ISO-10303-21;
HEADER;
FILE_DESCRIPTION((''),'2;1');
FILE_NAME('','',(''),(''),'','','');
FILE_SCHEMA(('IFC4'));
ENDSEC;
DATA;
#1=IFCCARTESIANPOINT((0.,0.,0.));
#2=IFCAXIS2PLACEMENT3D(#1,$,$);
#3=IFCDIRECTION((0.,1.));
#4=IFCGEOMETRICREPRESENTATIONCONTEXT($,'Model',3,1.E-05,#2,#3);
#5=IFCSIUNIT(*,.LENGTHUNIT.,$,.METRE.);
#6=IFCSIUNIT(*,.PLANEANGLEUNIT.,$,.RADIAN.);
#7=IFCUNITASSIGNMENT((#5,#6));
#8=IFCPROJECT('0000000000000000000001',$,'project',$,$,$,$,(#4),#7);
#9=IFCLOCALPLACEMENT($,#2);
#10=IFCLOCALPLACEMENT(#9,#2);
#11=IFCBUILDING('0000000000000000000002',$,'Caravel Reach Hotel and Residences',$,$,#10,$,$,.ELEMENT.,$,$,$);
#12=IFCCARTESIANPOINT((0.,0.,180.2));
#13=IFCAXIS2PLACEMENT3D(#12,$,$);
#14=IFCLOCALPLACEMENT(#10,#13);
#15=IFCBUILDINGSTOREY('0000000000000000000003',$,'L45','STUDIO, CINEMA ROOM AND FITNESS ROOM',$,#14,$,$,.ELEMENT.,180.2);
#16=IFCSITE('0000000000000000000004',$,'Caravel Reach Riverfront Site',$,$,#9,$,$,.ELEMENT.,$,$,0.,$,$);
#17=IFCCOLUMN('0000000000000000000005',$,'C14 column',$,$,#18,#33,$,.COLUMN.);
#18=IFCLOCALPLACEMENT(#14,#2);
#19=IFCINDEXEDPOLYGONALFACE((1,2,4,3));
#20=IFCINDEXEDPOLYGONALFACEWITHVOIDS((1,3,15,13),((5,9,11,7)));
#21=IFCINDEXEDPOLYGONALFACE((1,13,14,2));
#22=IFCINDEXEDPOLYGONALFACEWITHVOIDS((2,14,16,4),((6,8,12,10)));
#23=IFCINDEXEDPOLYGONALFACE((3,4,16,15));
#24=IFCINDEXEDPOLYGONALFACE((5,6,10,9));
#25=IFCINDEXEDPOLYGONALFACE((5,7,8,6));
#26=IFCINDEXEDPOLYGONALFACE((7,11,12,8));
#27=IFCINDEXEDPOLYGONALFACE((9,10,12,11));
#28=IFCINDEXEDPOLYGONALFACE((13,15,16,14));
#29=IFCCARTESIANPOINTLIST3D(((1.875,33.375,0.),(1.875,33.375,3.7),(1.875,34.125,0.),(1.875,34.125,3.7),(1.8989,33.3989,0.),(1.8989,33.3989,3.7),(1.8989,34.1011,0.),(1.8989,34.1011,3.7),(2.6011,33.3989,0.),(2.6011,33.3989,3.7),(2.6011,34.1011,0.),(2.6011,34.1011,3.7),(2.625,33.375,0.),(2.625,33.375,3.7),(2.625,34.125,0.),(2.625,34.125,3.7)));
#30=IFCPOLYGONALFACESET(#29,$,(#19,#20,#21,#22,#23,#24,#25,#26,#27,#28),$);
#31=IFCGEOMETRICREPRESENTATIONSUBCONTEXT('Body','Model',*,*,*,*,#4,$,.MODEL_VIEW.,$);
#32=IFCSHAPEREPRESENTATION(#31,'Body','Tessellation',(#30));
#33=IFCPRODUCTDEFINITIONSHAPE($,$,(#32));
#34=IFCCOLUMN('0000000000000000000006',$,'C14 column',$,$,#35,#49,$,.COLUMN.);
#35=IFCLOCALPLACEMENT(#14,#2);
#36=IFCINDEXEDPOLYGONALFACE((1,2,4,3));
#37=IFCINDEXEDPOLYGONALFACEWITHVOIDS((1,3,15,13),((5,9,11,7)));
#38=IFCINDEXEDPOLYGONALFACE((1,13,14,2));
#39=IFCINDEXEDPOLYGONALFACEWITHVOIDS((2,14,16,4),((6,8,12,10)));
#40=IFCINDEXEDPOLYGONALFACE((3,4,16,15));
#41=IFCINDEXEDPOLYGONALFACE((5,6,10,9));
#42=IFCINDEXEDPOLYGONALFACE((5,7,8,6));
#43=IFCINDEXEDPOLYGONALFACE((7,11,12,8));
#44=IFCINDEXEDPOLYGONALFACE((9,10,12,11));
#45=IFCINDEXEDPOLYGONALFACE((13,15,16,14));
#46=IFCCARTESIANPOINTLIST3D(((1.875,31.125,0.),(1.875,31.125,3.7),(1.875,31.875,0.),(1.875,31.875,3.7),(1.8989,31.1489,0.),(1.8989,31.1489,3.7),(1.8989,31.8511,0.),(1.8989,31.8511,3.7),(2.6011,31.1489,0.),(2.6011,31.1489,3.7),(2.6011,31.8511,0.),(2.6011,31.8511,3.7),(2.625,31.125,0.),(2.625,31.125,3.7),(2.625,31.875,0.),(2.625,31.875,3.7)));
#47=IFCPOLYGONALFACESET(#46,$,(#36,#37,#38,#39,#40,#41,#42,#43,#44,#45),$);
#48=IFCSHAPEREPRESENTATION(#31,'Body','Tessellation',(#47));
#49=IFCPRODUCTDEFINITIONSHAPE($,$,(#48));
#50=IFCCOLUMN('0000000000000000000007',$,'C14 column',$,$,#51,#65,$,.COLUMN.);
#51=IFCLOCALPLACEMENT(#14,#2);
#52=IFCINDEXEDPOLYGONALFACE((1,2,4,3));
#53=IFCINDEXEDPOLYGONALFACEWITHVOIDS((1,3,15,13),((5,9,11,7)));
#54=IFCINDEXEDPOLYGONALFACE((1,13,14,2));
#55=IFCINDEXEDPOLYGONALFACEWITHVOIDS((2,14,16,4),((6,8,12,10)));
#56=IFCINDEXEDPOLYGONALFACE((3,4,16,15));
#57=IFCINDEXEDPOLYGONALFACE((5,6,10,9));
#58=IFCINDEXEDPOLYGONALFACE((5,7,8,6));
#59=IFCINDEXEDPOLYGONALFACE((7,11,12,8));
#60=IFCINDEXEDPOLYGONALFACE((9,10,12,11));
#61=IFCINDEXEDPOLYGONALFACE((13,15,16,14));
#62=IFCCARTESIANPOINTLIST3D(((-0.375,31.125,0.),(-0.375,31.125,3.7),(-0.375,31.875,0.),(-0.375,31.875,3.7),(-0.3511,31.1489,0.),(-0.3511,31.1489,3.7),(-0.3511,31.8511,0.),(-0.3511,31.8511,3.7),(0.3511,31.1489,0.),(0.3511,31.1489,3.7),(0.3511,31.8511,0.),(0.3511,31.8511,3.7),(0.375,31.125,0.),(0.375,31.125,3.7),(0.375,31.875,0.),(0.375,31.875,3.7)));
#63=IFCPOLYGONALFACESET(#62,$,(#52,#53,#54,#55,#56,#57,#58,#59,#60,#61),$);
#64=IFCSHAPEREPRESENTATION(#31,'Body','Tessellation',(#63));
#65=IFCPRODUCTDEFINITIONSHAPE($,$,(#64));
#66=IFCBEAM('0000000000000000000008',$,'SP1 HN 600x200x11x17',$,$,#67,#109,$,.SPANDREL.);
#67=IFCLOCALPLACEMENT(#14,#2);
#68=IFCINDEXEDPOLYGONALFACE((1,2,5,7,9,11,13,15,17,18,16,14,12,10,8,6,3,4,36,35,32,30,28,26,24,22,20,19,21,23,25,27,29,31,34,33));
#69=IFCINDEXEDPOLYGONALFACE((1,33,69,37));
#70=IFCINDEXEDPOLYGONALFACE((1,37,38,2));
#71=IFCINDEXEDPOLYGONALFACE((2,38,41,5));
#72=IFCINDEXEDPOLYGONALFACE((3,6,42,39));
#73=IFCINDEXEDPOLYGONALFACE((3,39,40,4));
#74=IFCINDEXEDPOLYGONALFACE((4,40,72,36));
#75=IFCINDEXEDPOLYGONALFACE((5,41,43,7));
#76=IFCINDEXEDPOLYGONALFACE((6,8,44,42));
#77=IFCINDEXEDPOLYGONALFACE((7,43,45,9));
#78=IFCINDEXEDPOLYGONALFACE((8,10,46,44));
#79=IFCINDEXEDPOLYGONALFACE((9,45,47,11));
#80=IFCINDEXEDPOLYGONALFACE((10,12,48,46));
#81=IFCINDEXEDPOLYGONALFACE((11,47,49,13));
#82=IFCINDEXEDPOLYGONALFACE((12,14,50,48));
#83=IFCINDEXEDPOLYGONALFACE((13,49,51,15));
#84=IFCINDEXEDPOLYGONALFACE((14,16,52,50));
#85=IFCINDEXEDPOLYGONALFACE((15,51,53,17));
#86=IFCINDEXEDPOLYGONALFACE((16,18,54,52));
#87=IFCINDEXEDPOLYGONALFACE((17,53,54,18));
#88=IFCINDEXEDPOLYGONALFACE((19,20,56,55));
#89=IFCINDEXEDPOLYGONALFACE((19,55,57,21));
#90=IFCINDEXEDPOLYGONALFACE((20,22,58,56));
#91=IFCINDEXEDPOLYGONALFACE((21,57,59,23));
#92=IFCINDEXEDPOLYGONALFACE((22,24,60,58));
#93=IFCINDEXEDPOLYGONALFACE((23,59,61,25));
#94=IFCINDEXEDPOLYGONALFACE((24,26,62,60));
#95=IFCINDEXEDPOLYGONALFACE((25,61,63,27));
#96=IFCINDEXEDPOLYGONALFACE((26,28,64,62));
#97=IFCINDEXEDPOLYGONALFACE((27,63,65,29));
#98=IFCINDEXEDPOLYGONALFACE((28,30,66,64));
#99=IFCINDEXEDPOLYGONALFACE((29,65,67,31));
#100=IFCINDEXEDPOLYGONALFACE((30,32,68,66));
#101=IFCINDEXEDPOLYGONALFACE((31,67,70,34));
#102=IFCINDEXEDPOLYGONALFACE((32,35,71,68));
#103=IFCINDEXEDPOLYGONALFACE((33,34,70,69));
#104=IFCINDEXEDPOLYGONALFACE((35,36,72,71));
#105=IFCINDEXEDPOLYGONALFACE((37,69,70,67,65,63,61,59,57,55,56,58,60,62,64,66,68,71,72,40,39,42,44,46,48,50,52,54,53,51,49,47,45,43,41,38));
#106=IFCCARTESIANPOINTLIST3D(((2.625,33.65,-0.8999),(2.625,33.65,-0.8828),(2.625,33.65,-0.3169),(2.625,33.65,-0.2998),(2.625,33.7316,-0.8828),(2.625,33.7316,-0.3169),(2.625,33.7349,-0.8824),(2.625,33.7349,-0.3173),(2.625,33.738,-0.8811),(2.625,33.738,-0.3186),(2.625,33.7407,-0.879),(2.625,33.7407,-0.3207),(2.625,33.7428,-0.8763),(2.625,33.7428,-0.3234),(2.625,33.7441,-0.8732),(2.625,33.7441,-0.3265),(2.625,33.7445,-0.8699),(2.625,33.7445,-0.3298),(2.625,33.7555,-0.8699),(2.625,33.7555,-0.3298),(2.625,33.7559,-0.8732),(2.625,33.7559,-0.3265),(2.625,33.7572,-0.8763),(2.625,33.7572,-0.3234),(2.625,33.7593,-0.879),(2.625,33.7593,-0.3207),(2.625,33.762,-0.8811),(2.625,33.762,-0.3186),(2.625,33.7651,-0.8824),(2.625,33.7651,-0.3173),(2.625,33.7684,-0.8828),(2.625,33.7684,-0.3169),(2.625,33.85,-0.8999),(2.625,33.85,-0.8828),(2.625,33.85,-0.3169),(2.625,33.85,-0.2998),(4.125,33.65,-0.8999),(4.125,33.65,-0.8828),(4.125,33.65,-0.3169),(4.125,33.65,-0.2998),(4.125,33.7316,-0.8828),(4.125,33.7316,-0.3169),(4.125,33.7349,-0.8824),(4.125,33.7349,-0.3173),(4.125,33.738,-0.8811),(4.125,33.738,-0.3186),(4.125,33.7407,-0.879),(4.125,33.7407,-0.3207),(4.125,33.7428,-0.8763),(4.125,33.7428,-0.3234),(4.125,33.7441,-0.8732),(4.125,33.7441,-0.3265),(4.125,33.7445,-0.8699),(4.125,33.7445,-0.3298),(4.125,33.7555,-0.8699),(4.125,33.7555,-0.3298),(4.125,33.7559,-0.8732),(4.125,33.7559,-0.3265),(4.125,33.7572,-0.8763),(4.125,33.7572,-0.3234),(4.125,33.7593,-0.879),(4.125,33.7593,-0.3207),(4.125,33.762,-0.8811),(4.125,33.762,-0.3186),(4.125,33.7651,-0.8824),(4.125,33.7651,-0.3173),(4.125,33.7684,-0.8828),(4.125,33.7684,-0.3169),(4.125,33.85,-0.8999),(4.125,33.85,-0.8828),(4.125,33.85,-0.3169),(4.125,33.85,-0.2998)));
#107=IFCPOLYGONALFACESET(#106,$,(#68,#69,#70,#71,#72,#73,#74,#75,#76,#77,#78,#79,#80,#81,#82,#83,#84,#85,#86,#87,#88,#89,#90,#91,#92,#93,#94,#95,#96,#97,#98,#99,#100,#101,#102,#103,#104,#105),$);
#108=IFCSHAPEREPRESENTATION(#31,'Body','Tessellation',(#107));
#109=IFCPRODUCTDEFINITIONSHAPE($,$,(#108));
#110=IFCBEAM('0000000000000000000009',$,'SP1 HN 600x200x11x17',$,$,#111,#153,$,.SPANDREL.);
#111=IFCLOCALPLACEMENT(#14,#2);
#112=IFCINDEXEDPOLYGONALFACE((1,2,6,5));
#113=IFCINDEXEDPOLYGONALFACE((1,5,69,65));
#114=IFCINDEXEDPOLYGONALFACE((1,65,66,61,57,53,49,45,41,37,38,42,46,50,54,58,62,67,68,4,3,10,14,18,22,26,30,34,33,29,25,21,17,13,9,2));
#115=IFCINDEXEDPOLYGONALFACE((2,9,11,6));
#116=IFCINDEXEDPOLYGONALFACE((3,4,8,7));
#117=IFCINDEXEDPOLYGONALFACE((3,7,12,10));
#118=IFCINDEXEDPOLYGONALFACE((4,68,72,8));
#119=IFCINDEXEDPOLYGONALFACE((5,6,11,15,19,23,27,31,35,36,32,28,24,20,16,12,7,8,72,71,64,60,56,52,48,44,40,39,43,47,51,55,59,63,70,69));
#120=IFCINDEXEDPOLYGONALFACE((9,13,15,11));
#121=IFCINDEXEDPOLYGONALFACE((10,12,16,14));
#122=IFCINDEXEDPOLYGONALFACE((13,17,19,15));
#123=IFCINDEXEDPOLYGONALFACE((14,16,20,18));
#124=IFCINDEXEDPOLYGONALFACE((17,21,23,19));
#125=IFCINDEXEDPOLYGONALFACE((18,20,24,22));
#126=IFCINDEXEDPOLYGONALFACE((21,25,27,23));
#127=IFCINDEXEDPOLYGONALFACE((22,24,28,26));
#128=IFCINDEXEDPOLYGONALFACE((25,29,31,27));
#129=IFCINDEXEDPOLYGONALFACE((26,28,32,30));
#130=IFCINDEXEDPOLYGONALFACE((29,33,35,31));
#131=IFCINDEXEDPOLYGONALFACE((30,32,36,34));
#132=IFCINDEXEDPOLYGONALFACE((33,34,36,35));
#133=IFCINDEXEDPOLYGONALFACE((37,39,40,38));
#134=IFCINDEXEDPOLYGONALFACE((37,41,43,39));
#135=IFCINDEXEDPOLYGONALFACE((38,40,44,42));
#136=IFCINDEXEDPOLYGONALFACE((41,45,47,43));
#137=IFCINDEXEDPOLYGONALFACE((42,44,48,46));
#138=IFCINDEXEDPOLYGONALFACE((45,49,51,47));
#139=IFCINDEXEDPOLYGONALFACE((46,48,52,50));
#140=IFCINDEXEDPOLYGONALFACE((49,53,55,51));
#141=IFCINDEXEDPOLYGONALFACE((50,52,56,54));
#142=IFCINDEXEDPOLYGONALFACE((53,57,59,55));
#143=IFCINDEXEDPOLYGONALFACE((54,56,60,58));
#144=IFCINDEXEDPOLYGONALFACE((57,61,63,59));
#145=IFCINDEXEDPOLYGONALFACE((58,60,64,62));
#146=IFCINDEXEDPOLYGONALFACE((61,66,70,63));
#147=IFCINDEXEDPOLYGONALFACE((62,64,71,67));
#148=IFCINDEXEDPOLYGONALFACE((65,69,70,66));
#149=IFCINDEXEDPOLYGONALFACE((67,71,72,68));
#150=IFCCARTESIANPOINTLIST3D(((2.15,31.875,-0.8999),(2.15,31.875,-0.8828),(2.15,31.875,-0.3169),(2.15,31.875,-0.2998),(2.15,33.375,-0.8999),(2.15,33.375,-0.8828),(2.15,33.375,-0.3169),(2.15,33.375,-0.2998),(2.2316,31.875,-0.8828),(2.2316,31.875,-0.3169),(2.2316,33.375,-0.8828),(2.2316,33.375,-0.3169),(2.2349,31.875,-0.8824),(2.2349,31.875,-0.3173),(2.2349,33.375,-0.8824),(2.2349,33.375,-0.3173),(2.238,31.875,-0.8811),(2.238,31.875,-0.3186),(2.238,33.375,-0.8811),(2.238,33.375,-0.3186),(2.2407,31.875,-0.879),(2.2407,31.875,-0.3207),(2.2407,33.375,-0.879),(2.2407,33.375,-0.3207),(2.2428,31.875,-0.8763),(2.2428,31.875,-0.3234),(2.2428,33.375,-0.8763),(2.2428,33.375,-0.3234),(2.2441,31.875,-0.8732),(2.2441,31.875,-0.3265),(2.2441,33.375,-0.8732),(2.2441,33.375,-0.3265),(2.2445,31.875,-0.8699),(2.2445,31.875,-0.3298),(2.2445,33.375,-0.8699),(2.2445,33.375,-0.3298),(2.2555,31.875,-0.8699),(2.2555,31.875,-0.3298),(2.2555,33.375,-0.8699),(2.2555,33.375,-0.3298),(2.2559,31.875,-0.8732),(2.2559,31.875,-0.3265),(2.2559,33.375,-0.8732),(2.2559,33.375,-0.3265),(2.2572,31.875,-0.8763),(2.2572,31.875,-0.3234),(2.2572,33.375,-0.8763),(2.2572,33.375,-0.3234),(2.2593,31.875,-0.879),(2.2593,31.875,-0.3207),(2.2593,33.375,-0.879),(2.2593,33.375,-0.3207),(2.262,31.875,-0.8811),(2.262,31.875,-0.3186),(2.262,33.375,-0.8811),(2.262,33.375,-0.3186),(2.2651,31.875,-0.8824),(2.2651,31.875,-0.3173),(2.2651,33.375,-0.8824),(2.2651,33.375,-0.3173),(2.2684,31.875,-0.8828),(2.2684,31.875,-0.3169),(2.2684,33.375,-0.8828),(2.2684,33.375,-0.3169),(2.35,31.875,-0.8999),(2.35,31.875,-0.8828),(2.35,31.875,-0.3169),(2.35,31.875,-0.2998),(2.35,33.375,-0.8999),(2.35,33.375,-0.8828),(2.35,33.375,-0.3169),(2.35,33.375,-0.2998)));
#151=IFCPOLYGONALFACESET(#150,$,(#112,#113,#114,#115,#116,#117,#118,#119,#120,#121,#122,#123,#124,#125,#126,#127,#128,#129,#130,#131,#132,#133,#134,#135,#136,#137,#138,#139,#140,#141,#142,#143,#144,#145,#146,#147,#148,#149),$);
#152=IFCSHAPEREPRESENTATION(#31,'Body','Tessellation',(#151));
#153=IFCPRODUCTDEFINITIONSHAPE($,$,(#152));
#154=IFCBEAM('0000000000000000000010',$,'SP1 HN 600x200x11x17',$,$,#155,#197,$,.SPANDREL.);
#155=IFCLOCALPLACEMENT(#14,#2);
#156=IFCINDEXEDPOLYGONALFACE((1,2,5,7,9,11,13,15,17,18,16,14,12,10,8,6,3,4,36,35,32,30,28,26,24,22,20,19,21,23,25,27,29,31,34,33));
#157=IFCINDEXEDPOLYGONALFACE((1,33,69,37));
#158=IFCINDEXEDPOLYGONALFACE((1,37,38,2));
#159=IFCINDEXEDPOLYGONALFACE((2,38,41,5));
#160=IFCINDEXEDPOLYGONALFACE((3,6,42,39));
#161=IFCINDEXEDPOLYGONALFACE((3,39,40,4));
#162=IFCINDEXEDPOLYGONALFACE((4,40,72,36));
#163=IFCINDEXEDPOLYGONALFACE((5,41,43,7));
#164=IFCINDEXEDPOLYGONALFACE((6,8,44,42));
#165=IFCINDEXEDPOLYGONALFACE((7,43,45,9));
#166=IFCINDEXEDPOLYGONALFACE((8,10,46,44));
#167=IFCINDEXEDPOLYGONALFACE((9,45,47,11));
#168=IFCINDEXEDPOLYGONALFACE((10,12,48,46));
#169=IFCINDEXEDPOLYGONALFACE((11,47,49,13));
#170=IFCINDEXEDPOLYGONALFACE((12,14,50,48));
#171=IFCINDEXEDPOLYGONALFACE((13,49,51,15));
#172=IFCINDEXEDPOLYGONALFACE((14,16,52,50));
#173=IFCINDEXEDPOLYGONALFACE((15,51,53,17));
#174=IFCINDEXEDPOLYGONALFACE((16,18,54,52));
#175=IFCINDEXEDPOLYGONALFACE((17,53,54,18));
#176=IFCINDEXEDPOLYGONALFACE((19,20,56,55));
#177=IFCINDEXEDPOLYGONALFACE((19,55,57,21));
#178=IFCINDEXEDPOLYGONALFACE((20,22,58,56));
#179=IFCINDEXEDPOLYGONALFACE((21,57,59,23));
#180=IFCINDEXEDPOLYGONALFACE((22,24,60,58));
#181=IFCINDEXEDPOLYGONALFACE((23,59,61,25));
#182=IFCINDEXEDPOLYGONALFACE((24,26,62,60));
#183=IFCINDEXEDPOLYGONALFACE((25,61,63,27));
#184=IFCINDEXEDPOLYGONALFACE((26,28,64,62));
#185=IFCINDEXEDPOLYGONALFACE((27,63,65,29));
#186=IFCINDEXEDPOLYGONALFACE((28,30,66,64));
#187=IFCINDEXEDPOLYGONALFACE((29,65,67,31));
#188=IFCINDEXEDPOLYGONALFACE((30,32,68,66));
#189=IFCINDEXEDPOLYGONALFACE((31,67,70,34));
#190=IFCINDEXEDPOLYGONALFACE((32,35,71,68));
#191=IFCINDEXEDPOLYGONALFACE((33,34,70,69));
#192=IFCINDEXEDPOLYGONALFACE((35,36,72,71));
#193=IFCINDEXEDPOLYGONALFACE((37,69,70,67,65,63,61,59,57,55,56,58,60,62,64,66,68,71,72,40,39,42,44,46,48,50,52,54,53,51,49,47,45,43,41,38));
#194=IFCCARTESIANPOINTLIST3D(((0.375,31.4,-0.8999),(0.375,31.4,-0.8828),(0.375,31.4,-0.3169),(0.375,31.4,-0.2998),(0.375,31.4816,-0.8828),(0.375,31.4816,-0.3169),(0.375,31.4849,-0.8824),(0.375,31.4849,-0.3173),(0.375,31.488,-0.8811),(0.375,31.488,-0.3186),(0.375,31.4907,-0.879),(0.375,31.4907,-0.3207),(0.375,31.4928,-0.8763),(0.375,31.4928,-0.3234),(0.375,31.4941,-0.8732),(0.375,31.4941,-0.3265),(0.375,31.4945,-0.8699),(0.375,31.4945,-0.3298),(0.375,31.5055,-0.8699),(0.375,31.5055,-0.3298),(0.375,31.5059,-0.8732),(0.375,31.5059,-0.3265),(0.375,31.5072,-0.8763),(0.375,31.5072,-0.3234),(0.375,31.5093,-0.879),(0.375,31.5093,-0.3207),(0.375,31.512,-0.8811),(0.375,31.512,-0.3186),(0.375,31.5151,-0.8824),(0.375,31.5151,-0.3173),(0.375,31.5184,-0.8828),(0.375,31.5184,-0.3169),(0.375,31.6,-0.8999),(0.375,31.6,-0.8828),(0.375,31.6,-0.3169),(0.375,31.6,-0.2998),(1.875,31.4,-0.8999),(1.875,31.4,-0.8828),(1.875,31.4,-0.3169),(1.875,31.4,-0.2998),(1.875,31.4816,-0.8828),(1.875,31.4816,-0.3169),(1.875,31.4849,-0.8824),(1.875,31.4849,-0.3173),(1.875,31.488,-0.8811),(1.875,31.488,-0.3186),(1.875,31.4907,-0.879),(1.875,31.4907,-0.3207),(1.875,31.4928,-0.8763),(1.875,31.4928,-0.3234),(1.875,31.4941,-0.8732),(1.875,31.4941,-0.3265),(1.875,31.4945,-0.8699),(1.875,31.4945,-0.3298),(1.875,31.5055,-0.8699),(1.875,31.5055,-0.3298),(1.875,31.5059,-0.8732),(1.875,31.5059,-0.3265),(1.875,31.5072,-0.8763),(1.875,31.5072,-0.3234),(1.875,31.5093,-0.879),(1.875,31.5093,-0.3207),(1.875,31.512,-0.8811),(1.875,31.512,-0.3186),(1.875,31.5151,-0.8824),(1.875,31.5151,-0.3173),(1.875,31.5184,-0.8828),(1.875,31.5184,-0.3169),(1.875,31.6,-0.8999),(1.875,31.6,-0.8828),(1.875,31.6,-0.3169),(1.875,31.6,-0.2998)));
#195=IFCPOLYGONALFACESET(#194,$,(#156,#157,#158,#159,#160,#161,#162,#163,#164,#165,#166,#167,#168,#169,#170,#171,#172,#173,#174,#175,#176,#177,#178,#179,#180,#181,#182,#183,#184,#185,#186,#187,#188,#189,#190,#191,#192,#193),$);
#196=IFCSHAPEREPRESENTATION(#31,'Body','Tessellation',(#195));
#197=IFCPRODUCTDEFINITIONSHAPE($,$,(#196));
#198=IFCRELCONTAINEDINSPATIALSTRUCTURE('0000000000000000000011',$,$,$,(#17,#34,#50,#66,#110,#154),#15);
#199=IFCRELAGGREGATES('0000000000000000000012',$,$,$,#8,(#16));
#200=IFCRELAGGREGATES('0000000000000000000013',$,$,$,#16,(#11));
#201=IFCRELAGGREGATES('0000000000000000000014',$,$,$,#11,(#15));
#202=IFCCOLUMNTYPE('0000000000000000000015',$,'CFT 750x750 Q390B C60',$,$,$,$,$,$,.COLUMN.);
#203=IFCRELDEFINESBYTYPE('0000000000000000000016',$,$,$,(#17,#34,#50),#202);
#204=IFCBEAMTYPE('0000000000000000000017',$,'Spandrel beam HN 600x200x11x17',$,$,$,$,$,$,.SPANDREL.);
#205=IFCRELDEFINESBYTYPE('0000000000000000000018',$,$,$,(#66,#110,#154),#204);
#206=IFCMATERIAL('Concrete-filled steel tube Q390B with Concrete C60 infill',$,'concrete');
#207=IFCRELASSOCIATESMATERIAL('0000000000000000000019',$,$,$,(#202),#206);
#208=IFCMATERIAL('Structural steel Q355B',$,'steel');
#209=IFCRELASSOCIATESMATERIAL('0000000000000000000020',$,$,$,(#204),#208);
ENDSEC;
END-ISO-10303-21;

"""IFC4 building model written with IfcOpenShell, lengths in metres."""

from ifc_helpers import new_model, si_unit, direction, frame, origin, origin_2d, place, context, subcontext, project, spatial, hollow_rectangle, i_section, extrude, material, material_profile, profile_set, type_object, element, save


model = new_model("IFC4")

# Units and contexts
model_context = context("Model", 3, precision=1e-05, world=origin(), true_north=direction((0.0, 1.0)))
body_context = subcontext(model_context, "Body", "Model", "MODEL_VIEW")
ifc_project = project(units=[si_unit("LENGTHUNIT", "METRE"), si_unit("PLANEANGLEUNIT", "RADIAN")], contexts=[model_context])

# Site, building, storey
site_placement = place(None, origin())
site = spatial("IfcSite", under=ifc_project, at=site_placement, Name="Caravel Reach Riverfront Site", CompositionType="ELEMENT", RefElevation=0.0)
building_placement = place(site_placement, origin())
building = spatial("IfcBuilding", under=site, at=building_placement, Name="Caravel Reach Hotel and Residences", CompositionType="ELEMENT")
storey_placement = place(building_placement, frame((0.0, 0.0, 180.2)))
storey = spatial("IfcBuildingStorey", under=building, at=storey_placement, Name="L45", Description="STUDIO, CINEMA ROOM AND FITNESS ROOM", CompositionType="ELEMENT", Elevation=180.2)

# Columns
ifc_material_1 = material(Name="Concrete-filled steel tube Q390B with Concrete C60 infill", Category="concrete")
ifc_material_profile_1 = material_profile(ifc_material_1, hollow_rectangle(XDim=0.75, YDim=0.75, WallThickness=0.0239, at=origin_2d()), Name="RHS 750x750x24")
ifc_profile_set_1 = profile_set([ifc_material_profile_1], Name="Concrete-filled steel tube Q390B with Concrete C60 infill")
column_type = type_object("IfcColumnType", Name="CFT 750x750 Q390B C60", PredefinedType="COLUMN", material=ifc_profile_set_1)
for number, where, z_axis, x_axis, name in (
    (1, (2.25, 33.75, 0.0), (0.0, 0.0, 1.0), (1.0, 0.0, 0.0), "C14 column"),
    (2, (2.25, 31.5, 0.0), (0.0, 0.0, 1.0), (1.0, 0.0, 0.0), "C14 column"),
    (3, (0.0, 31.5, 0.0), (0.0, 0.0, 1.0), (1.0, 0.0, 0.0), "C14 column"),
):
    element("IfcColumn", number, at=place(storey_placement, frame(where, z_axis=z_axis, x_axis=x_axis)), inside=storey, type_object=column_type, Name=name, PredefinedType="COLUMN", context=body_context, shape_type="SweptSolid", body=[
        extrude(hollow_rectangle(XDim=0.75, YDim=0.75, WallThickness=0.0239, at=origin_2d()), origin(), (0.0, 0.0, 1.0), 3.7),
    ])

# Beams
ifc_material_2 = material(Name="Structural steel Q355B", Category="steel")
ifc_material_profile_2 = material_profile(ifc_material_2, i_section(OverallWidth=0.2, OverallDepth=0.6001, WebThickness=0.011, FlangeThickness=0.0171, FilletRadius=0.0129, at=origin_2d()), Name="HN 600x200x11x17")
ifc_profile_set_2 = profile_set([ifc_material_profile_2], Name="Structural steel Q355B")
beam_type = type_object("IfcBeamType", Name="Spandrel beam HN 600x200x11x17", PredefinedType="SPANDREL", material=ifc_profile_set_2)
for number, where, z_axis, x_axis, name in (
    (4, (4.125, 33.75, -0.5999), (-1.0, 0.0, 0.0), (0.0, -1.0, 0.0), "SP1 HN 600x200x11x17"),
    (5, (2.25, 33.375, -0.5999), (0.0, -1.0, 0.0), (1.0, 0.0, 0.0), "SP1 HN 600x200x11x17"),
    (6, (1.875, 31.5, -0.5999), (-1.0, 0.0, 0.0), (0.0, -1.0, 0.0), "SP1 HN 600x200x11x17"),
):
    element("IfcBeam", number, at=place(storey_placement, frame(where, z_axis=z_axis, x_axis=x_axis)), inside=storey, type_object=beam_type, Name=name, PredefinedType="SPANDREL", context=body_context, shape_type="SweptSolid", body=[
        extrude(i_section(OverallWidth=0.2, OverallDepth=0.6001, WebThickness=0.011, FlangeThickness=0.0171, FilletRadius=0.0129, at=origin_2d()), origin(), (0.0, 0.0, 1.0), 1.5),
    ])

save(model, "model.ifc")
